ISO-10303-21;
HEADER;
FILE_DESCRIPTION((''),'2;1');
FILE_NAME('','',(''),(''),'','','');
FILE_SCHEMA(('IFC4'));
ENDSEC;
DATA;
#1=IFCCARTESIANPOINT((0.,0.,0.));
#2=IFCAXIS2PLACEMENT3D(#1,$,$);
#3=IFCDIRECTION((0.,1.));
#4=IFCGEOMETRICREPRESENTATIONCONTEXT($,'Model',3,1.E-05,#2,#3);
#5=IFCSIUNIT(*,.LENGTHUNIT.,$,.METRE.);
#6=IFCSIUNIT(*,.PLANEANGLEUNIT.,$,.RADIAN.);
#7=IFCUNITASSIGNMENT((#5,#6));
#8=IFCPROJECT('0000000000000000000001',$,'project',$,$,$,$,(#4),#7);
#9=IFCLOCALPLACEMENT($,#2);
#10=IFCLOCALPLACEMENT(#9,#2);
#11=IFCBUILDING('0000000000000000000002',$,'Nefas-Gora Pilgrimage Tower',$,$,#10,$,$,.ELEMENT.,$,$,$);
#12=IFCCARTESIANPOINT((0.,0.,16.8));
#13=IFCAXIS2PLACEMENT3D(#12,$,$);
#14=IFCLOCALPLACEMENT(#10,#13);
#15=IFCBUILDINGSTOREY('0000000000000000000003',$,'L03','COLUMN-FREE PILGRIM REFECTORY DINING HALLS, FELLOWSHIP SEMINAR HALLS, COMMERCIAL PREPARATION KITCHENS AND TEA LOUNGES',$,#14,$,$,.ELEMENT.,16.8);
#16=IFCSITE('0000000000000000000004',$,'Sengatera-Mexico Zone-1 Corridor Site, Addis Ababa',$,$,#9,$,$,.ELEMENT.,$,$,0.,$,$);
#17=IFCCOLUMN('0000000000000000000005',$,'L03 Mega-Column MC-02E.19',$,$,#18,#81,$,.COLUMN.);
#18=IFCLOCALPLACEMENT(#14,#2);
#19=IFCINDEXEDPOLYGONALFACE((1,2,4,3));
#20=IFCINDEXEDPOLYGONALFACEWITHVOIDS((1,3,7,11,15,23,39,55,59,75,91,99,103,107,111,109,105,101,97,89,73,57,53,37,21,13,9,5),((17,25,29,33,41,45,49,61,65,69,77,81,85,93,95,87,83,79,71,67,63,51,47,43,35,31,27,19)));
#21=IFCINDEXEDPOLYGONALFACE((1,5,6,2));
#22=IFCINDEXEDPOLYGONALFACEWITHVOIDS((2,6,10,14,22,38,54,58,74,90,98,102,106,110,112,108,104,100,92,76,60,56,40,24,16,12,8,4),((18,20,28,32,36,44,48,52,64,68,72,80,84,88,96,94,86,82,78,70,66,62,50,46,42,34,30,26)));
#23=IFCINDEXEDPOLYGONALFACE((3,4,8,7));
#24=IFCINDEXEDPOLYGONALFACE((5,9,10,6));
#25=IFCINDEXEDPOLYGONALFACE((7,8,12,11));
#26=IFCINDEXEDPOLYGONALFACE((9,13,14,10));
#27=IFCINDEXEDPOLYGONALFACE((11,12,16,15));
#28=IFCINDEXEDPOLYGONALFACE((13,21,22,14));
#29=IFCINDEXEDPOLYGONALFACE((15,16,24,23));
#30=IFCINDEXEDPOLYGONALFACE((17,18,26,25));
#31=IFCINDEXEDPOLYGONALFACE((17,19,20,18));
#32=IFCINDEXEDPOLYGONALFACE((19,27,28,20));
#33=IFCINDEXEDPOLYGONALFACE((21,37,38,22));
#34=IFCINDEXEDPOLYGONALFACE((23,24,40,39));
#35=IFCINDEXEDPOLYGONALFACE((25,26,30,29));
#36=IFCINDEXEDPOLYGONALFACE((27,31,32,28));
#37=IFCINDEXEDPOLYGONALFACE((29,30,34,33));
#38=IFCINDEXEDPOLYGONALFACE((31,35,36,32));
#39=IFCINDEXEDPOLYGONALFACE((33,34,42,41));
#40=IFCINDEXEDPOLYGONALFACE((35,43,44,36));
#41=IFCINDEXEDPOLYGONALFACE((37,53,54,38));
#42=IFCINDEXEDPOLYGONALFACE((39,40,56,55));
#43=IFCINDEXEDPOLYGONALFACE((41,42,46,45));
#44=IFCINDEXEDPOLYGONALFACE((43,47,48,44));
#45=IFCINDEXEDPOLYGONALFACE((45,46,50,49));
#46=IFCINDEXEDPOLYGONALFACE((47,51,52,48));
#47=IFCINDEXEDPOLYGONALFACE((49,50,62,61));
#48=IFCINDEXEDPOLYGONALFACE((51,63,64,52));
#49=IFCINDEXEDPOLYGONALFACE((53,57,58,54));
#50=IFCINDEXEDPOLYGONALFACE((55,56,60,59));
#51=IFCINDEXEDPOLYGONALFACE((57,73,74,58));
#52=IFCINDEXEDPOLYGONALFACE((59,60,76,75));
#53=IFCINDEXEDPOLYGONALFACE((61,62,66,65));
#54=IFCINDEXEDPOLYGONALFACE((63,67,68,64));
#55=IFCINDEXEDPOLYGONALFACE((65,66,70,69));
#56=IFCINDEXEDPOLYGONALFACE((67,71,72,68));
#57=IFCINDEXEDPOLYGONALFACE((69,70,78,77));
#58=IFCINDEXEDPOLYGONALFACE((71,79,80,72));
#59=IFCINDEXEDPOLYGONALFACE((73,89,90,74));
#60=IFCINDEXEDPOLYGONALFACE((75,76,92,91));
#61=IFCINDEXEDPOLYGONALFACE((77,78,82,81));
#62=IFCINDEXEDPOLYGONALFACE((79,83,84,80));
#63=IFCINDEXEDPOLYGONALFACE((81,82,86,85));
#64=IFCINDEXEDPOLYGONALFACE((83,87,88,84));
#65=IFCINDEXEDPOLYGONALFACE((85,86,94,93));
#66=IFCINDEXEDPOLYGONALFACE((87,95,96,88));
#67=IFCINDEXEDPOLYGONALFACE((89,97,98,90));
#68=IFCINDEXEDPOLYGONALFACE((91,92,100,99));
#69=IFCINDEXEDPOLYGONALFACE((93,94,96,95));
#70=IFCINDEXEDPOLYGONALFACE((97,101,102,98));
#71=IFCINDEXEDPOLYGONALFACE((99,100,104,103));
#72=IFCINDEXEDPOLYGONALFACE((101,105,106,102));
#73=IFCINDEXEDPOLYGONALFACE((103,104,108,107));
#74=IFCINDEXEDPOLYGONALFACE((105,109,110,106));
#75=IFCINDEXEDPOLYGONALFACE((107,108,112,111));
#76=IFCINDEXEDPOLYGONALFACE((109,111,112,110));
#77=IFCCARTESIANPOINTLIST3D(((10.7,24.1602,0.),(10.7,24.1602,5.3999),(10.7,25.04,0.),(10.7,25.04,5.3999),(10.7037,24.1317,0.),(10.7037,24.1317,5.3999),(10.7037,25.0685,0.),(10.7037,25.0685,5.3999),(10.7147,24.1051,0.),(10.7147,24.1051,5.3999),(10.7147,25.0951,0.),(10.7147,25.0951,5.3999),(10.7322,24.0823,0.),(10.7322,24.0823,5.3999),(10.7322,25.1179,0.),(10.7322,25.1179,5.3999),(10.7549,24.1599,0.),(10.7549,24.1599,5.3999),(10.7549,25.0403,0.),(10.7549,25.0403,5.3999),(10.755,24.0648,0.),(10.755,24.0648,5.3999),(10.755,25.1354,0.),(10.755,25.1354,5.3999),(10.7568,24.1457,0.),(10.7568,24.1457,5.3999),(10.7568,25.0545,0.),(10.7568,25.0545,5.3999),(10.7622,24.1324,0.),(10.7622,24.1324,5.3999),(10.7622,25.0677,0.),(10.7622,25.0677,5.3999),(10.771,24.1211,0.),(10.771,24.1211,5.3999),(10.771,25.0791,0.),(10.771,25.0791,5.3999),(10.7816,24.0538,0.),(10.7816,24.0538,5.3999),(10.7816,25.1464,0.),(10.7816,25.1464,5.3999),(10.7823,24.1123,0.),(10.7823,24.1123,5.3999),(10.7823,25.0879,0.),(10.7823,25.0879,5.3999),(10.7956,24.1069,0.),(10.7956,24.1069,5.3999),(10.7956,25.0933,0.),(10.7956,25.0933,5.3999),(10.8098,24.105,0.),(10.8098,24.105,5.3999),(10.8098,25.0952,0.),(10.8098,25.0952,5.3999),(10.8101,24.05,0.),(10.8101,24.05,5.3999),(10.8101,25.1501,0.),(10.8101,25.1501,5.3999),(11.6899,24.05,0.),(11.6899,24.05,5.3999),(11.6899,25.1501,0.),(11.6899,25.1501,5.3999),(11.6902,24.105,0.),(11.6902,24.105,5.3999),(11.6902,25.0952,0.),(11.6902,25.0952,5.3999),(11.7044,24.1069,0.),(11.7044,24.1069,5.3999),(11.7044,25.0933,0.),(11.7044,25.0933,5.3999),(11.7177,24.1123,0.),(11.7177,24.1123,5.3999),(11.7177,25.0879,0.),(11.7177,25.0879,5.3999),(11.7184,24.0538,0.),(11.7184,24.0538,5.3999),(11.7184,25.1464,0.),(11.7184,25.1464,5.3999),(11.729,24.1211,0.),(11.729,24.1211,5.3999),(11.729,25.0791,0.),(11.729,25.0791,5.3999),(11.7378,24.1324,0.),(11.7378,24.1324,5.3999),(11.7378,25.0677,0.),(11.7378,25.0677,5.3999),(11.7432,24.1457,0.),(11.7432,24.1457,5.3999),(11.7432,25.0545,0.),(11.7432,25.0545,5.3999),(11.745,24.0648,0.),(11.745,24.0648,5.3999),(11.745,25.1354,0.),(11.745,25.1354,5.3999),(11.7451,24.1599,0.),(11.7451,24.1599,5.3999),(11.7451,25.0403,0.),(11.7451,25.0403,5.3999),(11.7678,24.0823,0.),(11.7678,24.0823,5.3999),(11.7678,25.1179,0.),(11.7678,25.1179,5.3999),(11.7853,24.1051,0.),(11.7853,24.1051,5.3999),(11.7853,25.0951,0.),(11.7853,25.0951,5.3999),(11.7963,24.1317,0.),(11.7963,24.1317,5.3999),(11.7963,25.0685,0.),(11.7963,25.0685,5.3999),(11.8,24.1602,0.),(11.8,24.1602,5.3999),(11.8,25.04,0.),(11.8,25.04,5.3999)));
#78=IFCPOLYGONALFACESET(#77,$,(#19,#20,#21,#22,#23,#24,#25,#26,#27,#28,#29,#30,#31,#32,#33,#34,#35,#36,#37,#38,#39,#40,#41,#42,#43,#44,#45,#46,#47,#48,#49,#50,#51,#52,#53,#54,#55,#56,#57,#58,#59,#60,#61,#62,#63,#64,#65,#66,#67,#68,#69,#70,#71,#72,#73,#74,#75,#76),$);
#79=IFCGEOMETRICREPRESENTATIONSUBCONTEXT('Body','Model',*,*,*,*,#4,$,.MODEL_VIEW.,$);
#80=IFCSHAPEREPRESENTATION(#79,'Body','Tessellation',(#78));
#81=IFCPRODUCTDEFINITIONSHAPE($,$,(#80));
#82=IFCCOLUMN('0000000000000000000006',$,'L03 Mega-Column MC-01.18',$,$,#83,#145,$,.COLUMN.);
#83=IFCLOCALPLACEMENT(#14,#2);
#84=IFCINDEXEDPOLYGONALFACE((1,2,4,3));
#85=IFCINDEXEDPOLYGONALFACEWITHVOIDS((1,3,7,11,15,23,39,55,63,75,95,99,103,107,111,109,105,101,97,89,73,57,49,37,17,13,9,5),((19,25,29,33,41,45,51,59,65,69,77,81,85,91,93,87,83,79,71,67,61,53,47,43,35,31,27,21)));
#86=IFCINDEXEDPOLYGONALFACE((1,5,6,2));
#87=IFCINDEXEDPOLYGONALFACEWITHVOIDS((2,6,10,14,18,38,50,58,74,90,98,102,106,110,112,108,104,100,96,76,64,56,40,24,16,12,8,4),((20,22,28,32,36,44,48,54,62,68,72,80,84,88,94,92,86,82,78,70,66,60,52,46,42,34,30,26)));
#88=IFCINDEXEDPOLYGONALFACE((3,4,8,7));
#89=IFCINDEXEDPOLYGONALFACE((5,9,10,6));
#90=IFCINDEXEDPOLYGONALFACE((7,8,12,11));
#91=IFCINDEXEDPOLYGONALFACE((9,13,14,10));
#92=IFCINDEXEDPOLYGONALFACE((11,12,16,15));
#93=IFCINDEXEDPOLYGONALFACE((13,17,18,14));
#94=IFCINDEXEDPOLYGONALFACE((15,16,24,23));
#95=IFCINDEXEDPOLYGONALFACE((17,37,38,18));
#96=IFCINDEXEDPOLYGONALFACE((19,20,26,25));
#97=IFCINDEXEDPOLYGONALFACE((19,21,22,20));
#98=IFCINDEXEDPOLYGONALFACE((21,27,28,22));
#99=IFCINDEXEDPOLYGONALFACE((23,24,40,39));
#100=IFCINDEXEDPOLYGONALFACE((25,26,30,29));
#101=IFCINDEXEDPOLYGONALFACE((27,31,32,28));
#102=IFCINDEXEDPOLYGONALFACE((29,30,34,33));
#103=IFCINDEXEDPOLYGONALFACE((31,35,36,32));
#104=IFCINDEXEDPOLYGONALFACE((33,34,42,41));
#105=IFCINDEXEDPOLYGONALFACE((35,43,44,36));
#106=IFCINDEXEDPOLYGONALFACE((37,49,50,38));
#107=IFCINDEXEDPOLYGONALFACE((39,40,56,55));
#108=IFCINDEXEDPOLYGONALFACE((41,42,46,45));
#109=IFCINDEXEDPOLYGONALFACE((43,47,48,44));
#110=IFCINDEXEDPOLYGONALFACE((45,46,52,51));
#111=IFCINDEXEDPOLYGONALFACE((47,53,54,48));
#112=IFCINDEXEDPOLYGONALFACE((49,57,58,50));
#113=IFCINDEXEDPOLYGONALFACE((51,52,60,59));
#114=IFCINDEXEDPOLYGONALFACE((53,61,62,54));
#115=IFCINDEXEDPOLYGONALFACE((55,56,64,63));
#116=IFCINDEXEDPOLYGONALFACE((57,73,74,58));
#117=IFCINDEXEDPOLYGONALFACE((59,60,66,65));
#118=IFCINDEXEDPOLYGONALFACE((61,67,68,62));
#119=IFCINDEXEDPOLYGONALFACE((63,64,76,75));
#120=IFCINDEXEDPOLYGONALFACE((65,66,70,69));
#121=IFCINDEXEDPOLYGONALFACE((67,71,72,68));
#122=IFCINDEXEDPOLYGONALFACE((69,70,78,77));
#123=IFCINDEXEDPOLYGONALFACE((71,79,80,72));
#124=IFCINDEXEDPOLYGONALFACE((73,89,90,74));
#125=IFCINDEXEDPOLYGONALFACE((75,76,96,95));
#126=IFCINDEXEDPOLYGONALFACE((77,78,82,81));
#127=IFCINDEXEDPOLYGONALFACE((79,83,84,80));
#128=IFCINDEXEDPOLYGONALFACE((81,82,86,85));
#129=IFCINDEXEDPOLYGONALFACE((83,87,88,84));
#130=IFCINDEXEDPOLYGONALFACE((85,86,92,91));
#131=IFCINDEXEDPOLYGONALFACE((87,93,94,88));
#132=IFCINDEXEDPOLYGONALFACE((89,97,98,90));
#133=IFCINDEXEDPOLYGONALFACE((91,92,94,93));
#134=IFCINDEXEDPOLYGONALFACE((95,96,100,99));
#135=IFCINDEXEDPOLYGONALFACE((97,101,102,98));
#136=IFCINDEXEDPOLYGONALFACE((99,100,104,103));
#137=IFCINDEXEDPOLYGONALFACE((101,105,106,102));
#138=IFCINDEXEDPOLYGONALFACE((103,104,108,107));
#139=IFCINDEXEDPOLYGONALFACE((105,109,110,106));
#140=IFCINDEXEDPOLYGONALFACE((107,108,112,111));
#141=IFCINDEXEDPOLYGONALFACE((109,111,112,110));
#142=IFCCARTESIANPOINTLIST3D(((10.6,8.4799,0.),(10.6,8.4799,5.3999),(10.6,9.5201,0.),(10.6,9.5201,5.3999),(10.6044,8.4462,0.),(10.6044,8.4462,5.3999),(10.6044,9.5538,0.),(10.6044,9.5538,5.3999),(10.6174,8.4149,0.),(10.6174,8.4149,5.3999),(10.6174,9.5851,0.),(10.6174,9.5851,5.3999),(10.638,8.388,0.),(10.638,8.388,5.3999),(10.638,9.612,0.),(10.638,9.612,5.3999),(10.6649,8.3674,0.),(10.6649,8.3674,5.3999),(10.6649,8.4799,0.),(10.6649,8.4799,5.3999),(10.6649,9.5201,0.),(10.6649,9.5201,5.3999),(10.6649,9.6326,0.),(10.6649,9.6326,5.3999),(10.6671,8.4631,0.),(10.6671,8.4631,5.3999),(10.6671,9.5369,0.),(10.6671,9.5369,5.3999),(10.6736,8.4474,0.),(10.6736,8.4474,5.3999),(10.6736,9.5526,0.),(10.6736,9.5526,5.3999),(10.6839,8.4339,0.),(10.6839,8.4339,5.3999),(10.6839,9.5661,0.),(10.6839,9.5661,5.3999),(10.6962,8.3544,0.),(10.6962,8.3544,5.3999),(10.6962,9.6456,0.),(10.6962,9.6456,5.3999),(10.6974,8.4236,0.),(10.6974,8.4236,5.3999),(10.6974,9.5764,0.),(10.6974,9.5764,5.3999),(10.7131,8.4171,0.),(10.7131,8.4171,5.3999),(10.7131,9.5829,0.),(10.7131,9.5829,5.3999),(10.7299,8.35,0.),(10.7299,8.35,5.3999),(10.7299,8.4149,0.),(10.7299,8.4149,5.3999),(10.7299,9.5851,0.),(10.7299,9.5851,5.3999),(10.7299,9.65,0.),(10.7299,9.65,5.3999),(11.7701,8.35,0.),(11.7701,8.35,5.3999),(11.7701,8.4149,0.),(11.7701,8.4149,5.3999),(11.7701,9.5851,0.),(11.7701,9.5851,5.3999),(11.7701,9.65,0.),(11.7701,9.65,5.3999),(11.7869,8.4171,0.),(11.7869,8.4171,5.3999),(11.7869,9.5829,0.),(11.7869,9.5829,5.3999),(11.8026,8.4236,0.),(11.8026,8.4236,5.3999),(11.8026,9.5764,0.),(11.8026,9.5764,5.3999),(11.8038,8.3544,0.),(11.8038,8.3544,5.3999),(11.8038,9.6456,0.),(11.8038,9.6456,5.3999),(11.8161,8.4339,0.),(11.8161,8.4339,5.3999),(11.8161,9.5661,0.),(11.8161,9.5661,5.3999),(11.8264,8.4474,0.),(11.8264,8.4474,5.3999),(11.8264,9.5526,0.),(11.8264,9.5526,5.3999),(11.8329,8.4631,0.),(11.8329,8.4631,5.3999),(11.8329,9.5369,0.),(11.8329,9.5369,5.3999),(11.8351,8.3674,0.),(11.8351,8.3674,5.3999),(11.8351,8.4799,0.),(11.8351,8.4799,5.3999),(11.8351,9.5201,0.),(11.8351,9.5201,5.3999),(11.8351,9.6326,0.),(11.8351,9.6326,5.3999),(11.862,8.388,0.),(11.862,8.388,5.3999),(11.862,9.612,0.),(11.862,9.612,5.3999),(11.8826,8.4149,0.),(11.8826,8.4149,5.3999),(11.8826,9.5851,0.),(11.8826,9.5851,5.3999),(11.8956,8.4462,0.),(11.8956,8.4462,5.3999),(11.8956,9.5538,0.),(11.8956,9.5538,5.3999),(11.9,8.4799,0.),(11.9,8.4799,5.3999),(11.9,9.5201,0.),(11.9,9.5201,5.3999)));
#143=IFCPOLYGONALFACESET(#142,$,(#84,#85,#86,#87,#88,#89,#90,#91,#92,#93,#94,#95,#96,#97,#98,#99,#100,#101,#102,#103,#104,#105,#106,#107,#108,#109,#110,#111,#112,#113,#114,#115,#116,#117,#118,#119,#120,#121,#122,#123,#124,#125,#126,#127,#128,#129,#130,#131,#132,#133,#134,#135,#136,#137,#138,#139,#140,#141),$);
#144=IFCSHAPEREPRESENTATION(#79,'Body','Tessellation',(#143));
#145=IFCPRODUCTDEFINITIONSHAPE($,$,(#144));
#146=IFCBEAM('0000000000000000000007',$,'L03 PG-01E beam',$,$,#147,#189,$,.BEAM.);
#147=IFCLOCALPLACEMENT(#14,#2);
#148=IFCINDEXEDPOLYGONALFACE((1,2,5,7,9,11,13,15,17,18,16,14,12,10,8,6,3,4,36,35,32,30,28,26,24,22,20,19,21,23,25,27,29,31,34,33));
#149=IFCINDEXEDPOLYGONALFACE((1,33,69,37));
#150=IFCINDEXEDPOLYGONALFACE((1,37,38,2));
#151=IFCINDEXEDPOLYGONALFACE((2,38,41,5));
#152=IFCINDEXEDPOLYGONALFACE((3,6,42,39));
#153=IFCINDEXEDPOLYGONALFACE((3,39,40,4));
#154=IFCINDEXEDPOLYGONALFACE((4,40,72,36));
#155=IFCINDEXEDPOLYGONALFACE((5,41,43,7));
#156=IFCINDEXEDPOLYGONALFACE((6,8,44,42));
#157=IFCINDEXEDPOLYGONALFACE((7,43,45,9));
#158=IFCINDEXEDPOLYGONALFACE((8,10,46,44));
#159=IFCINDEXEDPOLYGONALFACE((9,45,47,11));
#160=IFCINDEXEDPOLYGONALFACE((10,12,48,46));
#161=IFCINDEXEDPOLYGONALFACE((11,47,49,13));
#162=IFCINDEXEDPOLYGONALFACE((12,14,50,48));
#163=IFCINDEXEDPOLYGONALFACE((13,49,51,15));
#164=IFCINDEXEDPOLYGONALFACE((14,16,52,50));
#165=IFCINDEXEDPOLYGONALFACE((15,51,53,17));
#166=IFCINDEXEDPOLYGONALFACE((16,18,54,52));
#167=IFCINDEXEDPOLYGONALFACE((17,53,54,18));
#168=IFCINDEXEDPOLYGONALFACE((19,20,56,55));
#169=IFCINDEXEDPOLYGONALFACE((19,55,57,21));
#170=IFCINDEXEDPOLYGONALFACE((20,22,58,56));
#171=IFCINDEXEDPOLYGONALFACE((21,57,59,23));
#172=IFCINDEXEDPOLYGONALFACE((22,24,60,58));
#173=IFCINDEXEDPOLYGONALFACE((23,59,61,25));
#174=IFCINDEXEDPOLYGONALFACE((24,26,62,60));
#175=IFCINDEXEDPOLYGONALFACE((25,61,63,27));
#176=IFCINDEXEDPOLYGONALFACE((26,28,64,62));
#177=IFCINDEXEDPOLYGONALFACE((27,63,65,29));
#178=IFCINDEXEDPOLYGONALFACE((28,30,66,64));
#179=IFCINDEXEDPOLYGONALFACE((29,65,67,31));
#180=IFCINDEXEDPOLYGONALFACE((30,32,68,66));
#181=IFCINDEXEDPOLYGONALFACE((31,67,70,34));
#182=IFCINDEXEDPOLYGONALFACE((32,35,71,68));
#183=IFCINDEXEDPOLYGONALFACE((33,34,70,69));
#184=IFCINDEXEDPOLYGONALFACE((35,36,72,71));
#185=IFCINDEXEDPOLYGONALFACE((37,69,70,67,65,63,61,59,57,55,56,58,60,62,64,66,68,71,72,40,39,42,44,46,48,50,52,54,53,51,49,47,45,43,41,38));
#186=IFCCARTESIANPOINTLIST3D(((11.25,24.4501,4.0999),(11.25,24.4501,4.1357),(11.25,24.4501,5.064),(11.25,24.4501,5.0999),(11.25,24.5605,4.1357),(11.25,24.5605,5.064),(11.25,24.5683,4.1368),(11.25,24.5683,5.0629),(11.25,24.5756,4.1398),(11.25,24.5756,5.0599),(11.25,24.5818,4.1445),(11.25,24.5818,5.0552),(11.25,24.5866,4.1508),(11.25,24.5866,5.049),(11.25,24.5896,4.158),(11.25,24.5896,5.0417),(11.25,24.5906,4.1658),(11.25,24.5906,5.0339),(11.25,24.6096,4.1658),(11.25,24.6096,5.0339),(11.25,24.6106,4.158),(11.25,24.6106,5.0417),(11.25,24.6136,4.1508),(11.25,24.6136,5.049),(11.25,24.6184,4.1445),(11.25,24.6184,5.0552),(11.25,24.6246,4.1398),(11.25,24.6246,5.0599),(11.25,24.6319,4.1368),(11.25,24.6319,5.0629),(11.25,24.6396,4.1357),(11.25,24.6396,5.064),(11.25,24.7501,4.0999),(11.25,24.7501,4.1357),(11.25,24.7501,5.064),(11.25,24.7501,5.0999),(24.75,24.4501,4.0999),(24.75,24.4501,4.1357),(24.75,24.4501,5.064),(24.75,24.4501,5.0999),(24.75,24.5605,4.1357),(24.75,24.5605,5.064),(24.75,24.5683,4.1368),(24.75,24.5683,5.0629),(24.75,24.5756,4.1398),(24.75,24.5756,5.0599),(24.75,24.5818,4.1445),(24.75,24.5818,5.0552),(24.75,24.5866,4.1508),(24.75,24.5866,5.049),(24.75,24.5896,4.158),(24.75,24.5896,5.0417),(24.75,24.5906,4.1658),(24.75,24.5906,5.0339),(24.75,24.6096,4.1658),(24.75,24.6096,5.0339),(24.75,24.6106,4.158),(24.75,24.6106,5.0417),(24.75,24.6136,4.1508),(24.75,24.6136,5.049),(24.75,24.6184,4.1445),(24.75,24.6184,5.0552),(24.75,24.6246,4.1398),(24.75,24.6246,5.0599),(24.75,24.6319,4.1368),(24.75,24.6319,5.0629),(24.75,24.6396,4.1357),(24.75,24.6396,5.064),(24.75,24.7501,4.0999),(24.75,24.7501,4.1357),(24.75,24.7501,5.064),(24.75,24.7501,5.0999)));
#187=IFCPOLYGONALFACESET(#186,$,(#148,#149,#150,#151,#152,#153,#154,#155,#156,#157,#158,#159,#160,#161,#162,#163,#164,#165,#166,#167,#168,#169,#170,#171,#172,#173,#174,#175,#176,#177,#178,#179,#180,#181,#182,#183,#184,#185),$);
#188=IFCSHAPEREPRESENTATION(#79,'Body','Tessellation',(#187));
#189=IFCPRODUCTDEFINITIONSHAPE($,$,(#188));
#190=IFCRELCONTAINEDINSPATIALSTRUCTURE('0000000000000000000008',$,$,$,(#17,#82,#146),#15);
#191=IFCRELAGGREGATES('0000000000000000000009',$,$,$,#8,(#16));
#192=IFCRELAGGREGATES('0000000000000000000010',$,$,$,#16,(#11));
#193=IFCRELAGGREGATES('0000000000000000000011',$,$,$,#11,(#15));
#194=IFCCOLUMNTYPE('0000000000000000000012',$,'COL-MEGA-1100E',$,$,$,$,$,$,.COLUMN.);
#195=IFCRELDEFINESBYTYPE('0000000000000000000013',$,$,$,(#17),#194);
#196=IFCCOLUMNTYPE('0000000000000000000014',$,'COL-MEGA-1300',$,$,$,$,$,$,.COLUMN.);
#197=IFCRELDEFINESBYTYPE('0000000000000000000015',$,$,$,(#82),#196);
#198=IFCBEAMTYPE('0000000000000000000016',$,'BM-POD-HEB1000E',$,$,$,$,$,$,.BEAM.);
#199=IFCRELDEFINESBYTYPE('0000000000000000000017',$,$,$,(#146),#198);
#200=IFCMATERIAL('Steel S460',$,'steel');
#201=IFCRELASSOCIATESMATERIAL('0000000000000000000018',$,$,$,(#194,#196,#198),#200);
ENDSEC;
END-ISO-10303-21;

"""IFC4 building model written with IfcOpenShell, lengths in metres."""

from ifc_helpers import new_model, si_unit, direction, frame, origin, origin_2d, place, context, subcontext, project, spatial, hollow_rectangle, i_section, extrude, source, transform, mapped, material, material_profile, profile_set, type_object, element, save


model = new_model("IFC4")

# Units and contexts
model_context = context("Model", 3, precision=1e-05, world=origin(), true_north=direction((0.0, 1.0)))
body_context = subcontext(model_context, "Body", "Model", "MODEL_VIEW")
ifc_project = project(units=[si_unit("LENGTHUNIT", "METRE"), si_unit("PLANEANGLEUNIT", "RADIAN")], contexts=[model_context])

# Site, building, storey
site_placement = place(None, origin())
site = spatial("IfcSite", under=ifc_project, at=site_placement, Name="Sengatera-Mexico Zone-1 Corridor Site, Addis Ababa", CompositionType="ELEMENT", RefElevation=0.0)
building_placement = place(site_placement, origin())
building = spatial("IfcBuilding", under=site, at=building_placement, Name="Nefas-Gora Pilgrimage Tower", CompositionType="ELEMENT")
storey_placement = place(building_placement, frame((0.0, 0.0, 16.8)))
storey = spatial("IfcBuildingStorey", under=building, at=storey_placement, Name="L03", Description="COLUMN-FREE PILGRIM REFECTORY DINING HALLS, FELLOWSHIP SEMINAR HALLS, COMMERCIAL PREPARATION KITCHENS AND TEA LOUNGES", CompositionType="ELEMENT", Elevation=16.8)

# Columns
ifc_material_1 = material(Name="Steel S460", Category="steel")
ifc_material_profile_1 = material_profile(ifc_material_1, hollow_rectangle(XDim=1.1001, YDim=1.1001, WallThickness=0.0549, InnerFilletRadius=0.0549, OuterFilletRadius=0.1101, at=origin_2d()), Name="BOX 1100x1100x55")
ifc_profile_set_1 = profile_set([ifc_material_profile_1], Name="Steel S460")
column_type_1 = type_object("IfcColumnType", Name="COL-MEGA-1100E", PredefinedType="COLUMN", material=ifc_profile_set_1)
shared_shape_1 = source(origin(), body_context, "Body", "SweptSolid", [
    extrude(hollow_rectangle(XDim=1.1001, YDim=1.1001, WallThickness=0.0549, InnerFilletRadius=0.0549, OuterFilletRadius=0.1101, at=origin_2d()), origin(), (0.0, 0.0, 1.0), 5.3999),
])
column_1_placement = place(storey_placement, frame((11.25, 24.6001, 0.0), z_axis=(0.0, 0.0, 1.0), x_axis=(1.0, 0.0, 0.0)))
element("IfcColumn", 1, at=column_1_placement, inside=storey, type_object=column_type_1, Name="L03 Mega-Column MC-02E.19", PredefinedType="COLUMN", context=body_context, shape_type="MappedRepresentation", body=[
    mapped(shared_shape_1, transform((0.0, 0.0, 0.0), x_axis=(1.0, 0.0, 0.0), y_axis=(0.0, 1.0, 0.0), z_axis=(0.0, 0.0, 1.0), scale=1.0)),
])
ifc_material_profile_2 = material_profile(ifc_material_1, hollow_rectangle(XDim=1.3, YDim=1.3, WallThickness=0.0649, InnerFilletRadius=0.0649, OuterFilletRadius=0.1299, at=origin_2d()), Name="BOX 1300x1300x65")
ifc_profile_set_2 = profile_set([ifc_material_profile_2], Name="Steel S460")
column_type_2 = type_object("IfcColumnType", Name="COL-MEGA-1300", PredefinedType="COLUMN", material=ifc_profile_set_2)
shared_shape_2 = source(origin(), body_context, "Body", "SweptSolid", [
    extrude(hollow_rectangle(XDim=1.3, YDim=1.3, WallThickness=0.0649, InnerFilletRadius=0.0649, OuterFilletRadius=0.1299, at=origin_2d()), origin(), (0.0, 0.0, 1.0), 5.3999),
])
column_2_placement = place(storey_placement, frame((11.25, 9.0, 0.0), z_axis=(0.0, 0.0, 1.0), x_axis=(1.0, 0.0, 0.0)))
element("IfcColumn", 2, at=column_2_placement, inside=storey, type_object=column_type_2, Name="L03 Mega-Column MC-01.18", PredefinedType="COLUMN", context=body_context, shape_type="MappedRepresentation", body=[
    mapped(shared_shape_2, transform((0.0, 0.0, 0.0), x_axis=(1.0, 0.0, 0.0), y_axis=(0.0, 1.0, 0.0), z_axis=(0.0, 0.0, 1.0), scale=1.0)),
])

# Beam
ifc_material_profile_3 = material_profile(ifc_material_1, i_section(OverallWidth=0.3, OverallDepth=1.0, WebThickness=0.019, FlangeThickness=0.0359, FilletRadius=0.03, at=origin_2d()), Name="HEB 1000")
ifc_profile_set_3 = profile_set([ifc_material_profile_3], Name="Steel S460")
beam_type_1 = type_object("IfcBeamType", Name="BM-POD-HEB1000E", PredefinedType="BEAM", material=ifc_profile_set_3)
shared_shape_3 = source(origin(), body_context, "Body", "SweptSolid", [
    extrude(i_section(OverallWidth=0.3, OverallDepth=1.0, WebThickness=0.019, FlangeThickness=0.0359, FilletRadius=0.03, at=origin_2d()), origin(), (0.0, 0.0, 1.0), 13.5),
])
beam_1_placement = place(storey_placement, frame((11.25, 24.6001, 4.5999), z_axis=(1.0, 0.0, 0.0), x_axis=(0.0, 1.0, 0.0)))
element("IfcBeam", 3, at=beam_1_placement, inside=storey, type_object=beam_type_1, Name="L03 PG-01E beam", PredefinedType="BEAM", context=body_context, shape_type="MappedRepresentation", body=[
    mapped(shared_shape_3, transform((0.0, 0.0, 0.0), x_axis=(1.0, 0.0, 0.0), y_axis=(0.0, 1.0, 0.0), z_axis=(0.0, 0.0, 1.0), scale=1.0)),
])

save(model, "model.ifc")
